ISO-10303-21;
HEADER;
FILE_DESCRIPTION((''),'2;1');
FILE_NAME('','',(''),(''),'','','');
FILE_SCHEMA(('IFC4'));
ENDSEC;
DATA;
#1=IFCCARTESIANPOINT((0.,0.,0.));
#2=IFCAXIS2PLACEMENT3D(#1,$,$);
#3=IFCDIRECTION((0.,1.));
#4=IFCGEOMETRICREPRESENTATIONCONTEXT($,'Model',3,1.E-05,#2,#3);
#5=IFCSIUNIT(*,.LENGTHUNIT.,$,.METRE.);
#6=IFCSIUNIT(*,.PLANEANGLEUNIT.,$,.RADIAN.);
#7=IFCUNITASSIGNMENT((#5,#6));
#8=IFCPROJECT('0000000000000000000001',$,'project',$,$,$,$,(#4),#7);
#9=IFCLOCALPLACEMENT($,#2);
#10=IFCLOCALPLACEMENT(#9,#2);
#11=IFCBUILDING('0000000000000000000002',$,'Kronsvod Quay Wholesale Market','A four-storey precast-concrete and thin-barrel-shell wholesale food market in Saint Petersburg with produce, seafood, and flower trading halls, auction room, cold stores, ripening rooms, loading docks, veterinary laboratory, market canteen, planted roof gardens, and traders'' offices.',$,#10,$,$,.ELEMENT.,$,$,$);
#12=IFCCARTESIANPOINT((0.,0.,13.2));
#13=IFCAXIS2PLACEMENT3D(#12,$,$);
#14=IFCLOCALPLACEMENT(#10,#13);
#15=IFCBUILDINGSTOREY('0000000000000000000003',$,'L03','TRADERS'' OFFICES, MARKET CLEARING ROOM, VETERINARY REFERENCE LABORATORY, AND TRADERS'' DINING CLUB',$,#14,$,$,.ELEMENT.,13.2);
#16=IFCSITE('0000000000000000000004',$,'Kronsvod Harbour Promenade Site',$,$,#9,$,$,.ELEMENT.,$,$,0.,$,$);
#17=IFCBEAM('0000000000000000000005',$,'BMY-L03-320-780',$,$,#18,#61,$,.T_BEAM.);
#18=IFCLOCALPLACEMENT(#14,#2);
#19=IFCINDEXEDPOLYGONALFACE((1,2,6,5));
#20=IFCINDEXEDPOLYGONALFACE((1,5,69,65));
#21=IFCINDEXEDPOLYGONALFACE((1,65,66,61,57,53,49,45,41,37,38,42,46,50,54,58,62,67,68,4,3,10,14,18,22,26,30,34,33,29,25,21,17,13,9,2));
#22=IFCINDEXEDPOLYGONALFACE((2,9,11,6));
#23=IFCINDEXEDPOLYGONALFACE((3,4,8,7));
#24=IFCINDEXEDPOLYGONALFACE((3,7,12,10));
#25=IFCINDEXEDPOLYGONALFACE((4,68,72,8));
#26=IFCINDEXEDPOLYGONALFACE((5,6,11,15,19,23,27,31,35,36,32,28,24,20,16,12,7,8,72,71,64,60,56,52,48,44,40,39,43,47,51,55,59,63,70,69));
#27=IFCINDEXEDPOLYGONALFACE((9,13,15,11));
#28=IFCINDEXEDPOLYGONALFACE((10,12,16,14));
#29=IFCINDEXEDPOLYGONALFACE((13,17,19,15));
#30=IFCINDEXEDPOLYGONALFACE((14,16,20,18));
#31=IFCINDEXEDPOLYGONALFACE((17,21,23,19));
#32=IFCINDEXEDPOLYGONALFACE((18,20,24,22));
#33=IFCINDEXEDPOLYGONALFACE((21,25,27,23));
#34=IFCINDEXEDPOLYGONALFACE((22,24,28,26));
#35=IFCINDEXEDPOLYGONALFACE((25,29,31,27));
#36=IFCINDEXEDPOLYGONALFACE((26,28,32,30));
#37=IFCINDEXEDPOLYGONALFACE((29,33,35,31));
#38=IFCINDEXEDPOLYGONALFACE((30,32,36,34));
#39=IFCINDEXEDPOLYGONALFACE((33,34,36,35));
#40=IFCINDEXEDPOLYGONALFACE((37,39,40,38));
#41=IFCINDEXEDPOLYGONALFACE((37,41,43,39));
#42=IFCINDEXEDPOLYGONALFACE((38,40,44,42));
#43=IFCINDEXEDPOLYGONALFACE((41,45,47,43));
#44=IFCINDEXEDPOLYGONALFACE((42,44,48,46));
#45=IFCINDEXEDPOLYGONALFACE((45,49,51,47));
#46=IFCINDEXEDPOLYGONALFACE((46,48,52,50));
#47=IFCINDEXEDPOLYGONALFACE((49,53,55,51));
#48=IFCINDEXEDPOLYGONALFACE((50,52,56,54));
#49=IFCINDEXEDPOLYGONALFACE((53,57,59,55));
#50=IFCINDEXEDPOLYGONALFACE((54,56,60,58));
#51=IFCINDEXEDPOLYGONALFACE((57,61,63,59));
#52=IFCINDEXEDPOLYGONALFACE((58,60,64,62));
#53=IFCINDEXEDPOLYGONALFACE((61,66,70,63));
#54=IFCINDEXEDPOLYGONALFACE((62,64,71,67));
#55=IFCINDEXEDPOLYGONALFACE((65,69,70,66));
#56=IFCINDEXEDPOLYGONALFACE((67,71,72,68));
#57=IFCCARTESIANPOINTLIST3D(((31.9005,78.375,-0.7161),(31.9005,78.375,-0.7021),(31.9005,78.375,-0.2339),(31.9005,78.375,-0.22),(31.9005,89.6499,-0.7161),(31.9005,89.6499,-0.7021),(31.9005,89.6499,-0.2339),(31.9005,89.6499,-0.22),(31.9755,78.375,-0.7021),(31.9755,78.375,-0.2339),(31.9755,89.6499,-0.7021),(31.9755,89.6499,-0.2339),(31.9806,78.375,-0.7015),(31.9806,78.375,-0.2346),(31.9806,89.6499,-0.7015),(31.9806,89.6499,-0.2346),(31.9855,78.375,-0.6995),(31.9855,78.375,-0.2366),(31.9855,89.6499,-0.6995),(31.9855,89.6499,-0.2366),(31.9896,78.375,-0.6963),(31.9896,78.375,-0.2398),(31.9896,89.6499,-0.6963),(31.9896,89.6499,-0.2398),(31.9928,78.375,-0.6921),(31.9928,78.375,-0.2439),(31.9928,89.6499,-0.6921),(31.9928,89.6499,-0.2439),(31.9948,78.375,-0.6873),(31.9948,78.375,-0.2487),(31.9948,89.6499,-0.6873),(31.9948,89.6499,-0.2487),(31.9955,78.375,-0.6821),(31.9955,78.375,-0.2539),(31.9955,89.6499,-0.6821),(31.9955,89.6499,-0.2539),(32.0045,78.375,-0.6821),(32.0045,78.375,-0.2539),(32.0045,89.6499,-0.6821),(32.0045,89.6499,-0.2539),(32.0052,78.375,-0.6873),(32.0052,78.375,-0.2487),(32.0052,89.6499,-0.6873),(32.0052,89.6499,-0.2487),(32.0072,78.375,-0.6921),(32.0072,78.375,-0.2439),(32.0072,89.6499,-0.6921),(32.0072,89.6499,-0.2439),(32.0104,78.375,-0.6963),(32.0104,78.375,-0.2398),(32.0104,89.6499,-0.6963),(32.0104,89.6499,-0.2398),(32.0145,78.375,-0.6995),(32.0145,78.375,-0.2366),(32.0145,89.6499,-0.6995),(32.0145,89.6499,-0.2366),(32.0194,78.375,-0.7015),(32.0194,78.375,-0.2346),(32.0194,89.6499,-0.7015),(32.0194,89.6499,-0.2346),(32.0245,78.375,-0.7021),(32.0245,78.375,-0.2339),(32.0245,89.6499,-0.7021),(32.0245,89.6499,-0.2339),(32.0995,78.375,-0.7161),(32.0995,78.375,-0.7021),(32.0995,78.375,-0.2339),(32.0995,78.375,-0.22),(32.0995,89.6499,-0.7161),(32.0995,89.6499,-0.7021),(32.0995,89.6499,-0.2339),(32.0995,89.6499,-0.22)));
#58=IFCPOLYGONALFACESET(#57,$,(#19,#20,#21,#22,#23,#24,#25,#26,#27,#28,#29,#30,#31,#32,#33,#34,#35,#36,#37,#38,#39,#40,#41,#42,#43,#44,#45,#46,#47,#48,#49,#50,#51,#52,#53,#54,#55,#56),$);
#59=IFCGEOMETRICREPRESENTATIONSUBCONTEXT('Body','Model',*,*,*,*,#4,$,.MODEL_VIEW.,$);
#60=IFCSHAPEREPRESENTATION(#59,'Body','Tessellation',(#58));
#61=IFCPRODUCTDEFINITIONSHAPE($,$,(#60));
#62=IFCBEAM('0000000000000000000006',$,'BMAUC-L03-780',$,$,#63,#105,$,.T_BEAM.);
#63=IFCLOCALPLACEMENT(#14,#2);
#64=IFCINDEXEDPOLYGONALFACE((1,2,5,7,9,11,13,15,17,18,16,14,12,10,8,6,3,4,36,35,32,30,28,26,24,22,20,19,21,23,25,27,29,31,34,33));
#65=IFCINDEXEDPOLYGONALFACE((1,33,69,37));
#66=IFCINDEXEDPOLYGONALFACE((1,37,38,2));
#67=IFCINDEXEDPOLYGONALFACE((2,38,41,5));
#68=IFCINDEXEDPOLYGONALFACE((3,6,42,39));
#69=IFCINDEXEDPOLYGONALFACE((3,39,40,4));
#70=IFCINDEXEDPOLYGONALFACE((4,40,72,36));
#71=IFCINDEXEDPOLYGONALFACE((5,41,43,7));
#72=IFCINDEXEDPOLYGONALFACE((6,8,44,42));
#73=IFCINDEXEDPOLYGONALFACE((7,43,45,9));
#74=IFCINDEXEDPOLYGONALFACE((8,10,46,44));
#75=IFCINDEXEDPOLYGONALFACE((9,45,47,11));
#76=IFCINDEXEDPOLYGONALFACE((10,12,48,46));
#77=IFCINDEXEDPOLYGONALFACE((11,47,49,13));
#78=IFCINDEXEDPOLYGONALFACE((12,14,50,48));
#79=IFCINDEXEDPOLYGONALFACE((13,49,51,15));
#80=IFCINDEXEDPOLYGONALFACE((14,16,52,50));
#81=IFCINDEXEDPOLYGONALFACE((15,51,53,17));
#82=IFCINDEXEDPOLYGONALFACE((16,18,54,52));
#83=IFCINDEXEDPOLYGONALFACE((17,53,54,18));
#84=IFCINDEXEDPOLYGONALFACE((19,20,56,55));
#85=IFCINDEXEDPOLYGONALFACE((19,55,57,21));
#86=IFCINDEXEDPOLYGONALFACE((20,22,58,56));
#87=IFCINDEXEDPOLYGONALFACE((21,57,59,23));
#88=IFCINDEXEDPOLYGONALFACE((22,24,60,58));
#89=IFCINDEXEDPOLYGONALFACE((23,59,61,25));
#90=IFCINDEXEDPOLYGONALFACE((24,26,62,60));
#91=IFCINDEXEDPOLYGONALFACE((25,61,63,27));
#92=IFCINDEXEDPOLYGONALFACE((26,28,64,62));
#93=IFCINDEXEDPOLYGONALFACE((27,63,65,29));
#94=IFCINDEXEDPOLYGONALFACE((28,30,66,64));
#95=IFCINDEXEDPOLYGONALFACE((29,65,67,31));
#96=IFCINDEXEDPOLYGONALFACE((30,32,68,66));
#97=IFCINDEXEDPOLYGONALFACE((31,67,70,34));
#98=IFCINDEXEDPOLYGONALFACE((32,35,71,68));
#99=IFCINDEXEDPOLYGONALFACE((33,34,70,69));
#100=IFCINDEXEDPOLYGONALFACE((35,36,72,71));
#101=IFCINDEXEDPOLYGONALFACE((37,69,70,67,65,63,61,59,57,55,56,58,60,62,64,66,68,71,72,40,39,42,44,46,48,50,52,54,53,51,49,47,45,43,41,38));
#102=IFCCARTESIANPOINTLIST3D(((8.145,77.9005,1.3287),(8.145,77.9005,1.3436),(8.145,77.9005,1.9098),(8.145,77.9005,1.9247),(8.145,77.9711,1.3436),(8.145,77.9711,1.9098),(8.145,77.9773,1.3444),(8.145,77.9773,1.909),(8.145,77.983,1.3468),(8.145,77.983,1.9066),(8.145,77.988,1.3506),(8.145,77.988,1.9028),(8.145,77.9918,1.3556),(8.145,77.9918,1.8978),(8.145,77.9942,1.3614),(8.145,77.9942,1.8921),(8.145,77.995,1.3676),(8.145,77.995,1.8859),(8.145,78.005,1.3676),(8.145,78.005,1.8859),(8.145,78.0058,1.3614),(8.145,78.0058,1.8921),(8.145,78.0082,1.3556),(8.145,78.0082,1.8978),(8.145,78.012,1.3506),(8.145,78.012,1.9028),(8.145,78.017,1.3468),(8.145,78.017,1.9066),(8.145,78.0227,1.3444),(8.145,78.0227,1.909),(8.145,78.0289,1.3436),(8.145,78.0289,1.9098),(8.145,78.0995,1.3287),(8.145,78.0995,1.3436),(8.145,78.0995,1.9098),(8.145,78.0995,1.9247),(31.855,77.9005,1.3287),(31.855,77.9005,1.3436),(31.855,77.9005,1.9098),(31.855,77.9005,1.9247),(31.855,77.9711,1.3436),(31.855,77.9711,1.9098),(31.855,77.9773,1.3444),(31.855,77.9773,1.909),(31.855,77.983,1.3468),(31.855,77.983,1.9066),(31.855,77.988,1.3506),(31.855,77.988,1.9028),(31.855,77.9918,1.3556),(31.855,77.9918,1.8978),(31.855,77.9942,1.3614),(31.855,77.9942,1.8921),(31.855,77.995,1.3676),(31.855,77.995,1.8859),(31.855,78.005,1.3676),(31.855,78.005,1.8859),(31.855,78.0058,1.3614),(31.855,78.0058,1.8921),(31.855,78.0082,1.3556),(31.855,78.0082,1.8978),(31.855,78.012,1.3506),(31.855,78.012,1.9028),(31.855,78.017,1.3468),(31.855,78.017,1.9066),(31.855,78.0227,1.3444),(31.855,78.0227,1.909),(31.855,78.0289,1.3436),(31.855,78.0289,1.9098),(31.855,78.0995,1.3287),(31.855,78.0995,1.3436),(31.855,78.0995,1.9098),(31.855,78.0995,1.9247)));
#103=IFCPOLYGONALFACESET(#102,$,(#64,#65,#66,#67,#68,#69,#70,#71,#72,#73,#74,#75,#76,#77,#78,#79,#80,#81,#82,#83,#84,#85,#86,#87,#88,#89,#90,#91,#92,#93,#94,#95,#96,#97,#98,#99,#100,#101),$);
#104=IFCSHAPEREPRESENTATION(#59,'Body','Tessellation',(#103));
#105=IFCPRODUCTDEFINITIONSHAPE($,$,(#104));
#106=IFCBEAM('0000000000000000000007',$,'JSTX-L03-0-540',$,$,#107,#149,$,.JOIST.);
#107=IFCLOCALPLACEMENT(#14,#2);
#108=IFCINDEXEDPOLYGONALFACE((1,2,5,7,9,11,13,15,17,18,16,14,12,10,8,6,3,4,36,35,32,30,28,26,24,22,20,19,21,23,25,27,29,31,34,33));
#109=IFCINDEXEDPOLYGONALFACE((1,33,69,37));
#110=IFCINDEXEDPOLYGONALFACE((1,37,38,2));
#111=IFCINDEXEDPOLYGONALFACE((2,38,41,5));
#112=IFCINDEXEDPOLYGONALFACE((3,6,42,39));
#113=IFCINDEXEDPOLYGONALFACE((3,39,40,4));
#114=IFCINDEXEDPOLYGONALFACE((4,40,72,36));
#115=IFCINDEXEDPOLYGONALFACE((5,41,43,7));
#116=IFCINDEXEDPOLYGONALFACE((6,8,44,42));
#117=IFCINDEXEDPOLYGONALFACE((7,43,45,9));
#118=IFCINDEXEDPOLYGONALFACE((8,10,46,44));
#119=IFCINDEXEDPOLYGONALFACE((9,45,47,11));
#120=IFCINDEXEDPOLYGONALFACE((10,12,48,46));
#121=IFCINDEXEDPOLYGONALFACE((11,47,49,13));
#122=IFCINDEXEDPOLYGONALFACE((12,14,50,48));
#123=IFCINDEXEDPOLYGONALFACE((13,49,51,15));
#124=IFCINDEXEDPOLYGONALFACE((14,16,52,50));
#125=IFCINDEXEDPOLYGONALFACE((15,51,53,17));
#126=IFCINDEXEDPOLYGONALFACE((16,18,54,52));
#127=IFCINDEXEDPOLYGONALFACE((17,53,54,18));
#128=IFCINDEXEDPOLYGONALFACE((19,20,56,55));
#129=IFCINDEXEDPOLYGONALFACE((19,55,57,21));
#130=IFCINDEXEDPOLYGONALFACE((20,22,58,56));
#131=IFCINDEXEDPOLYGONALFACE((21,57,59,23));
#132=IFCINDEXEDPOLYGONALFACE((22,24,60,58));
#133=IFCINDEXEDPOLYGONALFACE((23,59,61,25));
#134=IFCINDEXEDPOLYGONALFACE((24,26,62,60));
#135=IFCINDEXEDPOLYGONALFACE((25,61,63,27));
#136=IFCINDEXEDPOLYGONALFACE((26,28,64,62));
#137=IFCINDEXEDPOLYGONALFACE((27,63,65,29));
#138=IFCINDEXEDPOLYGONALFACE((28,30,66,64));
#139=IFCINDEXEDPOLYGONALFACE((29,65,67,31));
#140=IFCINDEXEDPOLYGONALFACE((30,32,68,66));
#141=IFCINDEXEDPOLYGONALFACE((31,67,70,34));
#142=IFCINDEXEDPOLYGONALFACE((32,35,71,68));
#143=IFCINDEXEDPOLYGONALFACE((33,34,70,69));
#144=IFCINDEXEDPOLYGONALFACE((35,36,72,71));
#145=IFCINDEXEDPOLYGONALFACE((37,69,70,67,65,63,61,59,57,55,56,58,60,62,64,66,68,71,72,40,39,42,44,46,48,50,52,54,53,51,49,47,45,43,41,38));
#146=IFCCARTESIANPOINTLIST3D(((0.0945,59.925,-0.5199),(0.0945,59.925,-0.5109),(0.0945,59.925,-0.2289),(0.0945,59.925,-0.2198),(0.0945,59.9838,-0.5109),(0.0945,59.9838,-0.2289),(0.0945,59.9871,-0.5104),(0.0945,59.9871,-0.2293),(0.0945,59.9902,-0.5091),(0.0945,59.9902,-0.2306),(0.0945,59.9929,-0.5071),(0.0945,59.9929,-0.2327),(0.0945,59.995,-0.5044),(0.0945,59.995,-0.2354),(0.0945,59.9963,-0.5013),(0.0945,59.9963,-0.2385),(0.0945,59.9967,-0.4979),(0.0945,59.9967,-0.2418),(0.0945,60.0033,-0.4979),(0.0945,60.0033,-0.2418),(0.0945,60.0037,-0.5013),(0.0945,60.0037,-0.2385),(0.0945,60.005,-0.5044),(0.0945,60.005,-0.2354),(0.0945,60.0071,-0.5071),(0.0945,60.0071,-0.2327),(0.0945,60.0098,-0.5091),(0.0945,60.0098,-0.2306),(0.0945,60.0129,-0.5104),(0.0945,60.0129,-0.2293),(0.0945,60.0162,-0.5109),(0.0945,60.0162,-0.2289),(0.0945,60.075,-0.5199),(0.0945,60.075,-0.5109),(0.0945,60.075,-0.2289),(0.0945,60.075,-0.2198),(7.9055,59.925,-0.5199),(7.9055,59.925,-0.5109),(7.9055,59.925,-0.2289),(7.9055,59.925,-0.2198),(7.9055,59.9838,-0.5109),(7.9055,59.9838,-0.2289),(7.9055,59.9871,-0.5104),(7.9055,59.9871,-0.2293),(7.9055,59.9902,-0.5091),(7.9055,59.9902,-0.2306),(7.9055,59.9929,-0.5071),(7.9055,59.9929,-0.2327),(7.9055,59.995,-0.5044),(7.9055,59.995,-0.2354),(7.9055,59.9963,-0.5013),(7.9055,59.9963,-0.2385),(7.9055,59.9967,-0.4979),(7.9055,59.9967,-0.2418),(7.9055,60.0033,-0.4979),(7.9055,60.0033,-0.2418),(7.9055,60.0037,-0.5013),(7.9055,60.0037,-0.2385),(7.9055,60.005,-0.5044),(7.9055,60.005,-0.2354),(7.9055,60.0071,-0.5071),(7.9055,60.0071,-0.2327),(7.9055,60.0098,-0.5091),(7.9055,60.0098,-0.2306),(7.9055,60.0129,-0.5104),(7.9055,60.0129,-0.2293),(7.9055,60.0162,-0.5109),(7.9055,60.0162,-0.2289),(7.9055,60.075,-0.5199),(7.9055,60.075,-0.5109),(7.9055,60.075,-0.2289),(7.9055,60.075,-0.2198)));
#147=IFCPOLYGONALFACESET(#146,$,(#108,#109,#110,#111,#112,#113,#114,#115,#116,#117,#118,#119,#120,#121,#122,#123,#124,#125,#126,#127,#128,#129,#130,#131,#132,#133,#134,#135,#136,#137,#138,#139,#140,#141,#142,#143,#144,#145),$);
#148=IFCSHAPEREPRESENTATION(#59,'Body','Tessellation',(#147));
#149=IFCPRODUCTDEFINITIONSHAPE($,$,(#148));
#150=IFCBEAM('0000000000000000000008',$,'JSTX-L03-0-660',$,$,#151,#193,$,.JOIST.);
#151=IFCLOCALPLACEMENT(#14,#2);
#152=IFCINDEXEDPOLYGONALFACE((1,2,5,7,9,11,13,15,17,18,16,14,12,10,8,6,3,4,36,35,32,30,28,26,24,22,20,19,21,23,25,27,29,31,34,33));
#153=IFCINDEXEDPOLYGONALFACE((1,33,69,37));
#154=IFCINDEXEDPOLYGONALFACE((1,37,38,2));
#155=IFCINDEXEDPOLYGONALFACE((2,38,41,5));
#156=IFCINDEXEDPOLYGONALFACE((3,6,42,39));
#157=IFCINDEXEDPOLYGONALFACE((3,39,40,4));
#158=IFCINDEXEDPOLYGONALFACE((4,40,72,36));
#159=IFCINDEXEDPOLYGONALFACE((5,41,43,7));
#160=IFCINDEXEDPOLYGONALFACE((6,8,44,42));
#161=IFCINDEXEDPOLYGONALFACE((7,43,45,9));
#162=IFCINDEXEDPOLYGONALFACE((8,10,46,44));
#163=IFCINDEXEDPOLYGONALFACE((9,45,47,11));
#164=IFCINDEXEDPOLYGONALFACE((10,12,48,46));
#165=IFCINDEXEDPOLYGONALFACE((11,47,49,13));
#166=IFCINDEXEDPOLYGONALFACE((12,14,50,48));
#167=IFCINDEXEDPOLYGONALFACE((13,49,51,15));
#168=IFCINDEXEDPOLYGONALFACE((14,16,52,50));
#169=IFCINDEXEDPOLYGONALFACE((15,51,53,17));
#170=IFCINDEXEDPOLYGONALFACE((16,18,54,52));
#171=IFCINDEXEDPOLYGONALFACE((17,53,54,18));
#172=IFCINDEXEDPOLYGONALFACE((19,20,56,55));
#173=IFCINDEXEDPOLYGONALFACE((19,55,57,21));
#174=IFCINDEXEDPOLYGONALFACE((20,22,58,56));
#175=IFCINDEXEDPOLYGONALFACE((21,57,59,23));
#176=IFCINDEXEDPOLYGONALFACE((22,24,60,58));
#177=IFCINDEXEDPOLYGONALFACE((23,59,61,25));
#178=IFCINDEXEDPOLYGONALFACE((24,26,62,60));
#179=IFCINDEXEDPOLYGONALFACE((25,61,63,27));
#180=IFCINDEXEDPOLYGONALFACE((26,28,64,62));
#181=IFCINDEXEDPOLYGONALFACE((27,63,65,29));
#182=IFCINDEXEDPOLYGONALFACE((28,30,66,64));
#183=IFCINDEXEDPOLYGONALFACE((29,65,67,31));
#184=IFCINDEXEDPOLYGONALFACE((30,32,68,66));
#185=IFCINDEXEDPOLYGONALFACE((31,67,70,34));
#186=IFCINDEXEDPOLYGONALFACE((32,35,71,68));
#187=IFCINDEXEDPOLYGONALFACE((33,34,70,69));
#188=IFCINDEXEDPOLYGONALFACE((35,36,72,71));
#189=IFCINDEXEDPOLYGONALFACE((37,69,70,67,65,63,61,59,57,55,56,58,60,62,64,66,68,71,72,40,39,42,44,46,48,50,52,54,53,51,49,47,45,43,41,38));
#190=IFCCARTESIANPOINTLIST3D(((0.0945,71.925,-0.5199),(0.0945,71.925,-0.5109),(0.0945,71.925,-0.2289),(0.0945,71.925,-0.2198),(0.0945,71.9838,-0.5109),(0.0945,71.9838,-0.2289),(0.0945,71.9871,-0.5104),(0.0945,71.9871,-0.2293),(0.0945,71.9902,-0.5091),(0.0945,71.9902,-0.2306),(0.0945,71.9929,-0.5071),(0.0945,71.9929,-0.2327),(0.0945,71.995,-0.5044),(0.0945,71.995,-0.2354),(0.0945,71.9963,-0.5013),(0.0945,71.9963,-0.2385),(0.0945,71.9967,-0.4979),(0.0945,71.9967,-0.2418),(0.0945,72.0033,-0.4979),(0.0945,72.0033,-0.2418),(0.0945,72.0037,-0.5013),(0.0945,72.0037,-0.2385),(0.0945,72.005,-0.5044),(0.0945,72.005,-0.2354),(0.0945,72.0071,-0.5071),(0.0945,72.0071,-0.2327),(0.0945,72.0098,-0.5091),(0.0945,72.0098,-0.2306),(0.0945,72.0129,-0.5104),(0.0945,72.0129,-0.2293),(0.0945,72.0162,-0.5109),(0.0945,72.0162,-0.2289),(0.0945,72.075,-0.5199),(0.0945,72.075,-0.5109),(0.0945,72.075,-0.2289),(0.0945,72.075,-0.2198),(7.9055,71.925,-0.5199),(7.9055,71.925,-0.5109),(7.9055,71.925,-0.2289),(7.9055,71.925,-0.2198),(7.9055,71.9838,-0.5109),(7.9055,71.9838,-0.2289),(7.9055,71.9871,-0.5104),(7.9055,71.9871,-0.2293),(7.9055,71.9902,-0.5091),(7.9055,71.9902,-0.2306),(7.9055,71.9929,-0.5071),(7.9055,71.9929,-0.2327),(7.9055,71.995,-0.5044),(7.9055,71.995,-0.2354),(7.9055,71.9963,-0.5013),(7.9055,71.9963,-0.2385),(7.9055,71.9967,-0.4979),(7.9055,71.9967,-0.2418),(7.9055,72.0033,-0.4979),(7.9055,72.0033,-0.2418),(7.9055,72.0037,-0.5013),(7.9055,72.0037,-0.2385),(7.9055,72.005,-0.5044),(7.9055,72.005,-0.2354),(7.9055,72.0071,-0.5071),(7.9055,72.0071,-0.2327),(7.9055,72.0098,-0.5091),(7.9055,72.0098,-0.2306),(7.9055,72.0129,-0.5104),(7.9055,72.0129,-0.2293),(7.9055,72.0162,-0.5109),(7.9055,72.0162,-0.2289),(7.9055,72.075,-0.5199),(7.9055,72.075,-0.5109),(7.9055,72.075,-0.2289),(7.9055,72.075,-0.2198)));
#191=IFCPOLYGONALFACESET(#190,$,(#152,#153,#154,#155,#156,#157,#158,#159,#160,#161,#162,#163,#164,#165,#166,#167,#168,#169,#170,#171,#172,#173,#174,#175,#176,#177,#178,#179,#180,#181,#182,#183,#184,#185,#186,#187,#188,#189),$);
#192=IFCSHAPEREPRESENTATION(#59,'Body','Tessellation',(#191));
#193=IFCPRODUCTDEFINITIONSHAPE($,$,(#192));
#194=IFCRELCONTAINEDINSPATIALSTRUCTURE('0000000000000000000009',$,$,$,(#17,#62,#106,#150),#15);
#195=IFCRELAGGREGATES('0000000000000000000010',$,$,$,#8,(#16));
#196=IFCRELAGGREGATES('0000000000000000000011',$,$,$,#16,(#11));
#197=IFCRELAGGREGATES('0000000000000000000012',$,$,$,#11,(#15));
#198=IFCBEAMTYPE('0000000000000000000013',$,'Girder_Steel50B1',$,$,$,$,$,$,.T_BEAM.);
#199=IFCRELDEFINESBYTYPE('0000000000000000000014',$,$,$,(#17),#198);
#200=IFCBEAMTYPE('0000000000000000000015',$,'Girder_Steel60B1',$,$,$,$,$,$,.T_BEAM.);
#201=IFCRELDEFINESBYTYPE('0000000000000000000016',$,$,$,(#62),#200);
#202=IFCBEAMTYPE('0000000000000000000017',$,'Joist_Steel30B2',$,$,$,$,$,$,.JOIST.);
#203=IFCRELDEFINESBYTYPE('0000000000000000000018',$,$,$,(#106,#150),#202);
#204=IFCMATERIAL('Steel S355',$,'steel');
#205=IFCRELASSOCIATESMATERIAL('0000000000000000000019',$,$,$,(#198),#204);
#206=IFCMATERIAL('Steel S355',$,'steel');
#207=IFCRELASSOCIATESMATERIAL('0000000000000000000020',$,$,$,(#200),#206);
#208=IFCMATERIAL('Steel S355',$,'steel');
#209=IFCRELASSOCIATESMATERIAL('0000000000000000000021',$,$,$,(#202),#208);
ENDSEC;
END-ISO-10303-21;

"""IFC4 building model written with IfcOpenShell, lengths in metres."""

from ifc_helpers import new_model, si_unit, direction, frame, origin, origin_2d, place, context, subcontext, project, spatial, i_section, extrude, material, material_profile, profile_set, type_object, element, save


model = new_model("IFC4")

# Units and contexts
model_context = context("Model", 3, precision=1e-05, world=origin(), true_north=direction((0.0, 1.0)))
body_context = subcontext(model_context, "Body", "Model", "MODEL_VIEW")
ifc_project = project(units=[si_unit("LENGTHUNIT", "METRE"), si_unit("PLANEANGLEUNIT", "RADIAN")], contexts=[model_context])

# Site, building, storey
site_placement = place(None, origin())
site = spatial("IfcSite", under=ifc_project, at=site_placement, Name="Kronsvod Harbour Promenade Site", CompositionType="ELEMENT", RefElevation=0.0)
building_placement = place(site_placement, origin())
building = spatial("IfcBuilding", under=site, at=building_placement, Name="Kronsvod Quay Wholesale Market", Description="A four-storey precast-concrete and thin-barrel-shell wholesale food market in Saint Petersburg with produce, seafood, and flower trading halls, auction room, cold stores, ripening rooms, loading docks, veterinary laboratory, market canteen, planted roof gardens, and traders' offices.", CompositionType="ELEMENT")
storey_placement = place(building_placement, frame((0.0, 0.0, 13.2)))
storey = spatial("IfcBuildingStorey", under=building, at=storey_placement, Name="L03", Description="TRADERS' OFFICES, MARKET CLEARING ROOM, VETERINARY REFERENCE LABORATORY, AND TRADERS' DINING CLUB", CompositionType="ELEMENT", Elevation=13.2)

# Beams
ifc_material_1 = material(Name="Steel S355", Category="steel")
ifc_material_profile_1 = material_profile(ifc_material_1, i_section(OverallWidth=0.199, OverallDepth=0.4961, WebThickness=0.009, FlangeThickness=0.0139, FilletRadius=0.02, at=origin_2d()), Name="50B1")
ifc_profile_set_1 = profile_set([ifc_material_profile_1], Name="Steel S355")
beam_type_1 = type_object("IfcBeamType", Name="Girder_Steel50B1", PredefinedType="T_BEAM", material=ifc_profile_set_1)
beam_1_placement = place(storey_placement, frame((32.0, 78.375, -0.468), z_axis=(0.0, 1.0, 0.0), x_axis=(-1.0, 0.0, 0.0)))
element("IfcBeam", 1, at=beam_1_placement, inside=storey, type_object=beam_type_1, Name="BMY-L03-320-780", PredefinedType="T_BEAM", context=body_context, shape_type="SweptSolid", body=[
    extrude(i_section(OverallWidth=0.199, OverallDepth=0.4961, WebThickness=0.009, FlangeThickness=0.0139, FilletRadius=0.02, at=origin_2d()), origin(), (0.0, 0.0, 1.0), 11.2749),
])
ifc_material_2 = material(Name="Steel S355", Category="steel")
ifc_material_profile_2 = material_profile(ifc_material_2, i_section(OverallWidth=0.199, OverallDepth=0.5959, WebThickness=0.01, FlangeThickness=0.0149, FilletRadius=0.0239, at=origin_2d()), Name="60B1")
ifc_profile_set_2 = profile_set([ifc_material_profile_2], Name="Steel S355")
beam_type_2 = type_object("IfcBeamType", Name="Girder_Steel60B1", PredefinedType="T_BEAM", material=ifc_profile_set_2)
beam_2_placement = place(storey_placement, frame((8.145, 78.0, 1.6267), z_axis=(1.0, 0.0, 0.0), x_axis=(0.0, 1.0, 0.0)))
element("IfcBeam", 2, at=beam_2_placement, inside=storey, type_object=beam_type_2, Name="BMAUC-L03-780", PredefinedType="T_BEAM", context=body_context, shape_type="SweptSolid", body=[
    extrude(i_section(OverallWidth=0.199, OverallDepth=0.5959, WebThickness=0.01, FlangeThickness=0.0149, FilletRadius=0.0239, at=origin_2d()), origin(), (0.0, 0.0, 1.0), 23.71),
])
ifc_material_3 = material(Name="Steel S355", Category="steel")
ifc_material_profile_3 = material_profile(ifc_material_3, i_section(OverallWidth=0.1499, OverallDepth=0.3, WebThickness=0.0066, FlangeThickness=0.009, FilletRadius=0.0129, at=origin_2d()), Name="30B2")
ifc_profile_set_3 = profile_set([ifc_material_profile_3], Name="Steel S355")
beam_type_3 = type_object("IfcBeamType", Name="Joist_Steel30B2", PredefinedType="JOIST", material=ifc_profile_set_3)
for number, where, z_axis, x_axis, name in (
    (3, (0.0945, 60.0, -0.3699), (1.0, 0.0, 0.0), (0.0, 1.0, 0.0), "JSTX-L03-0-540"),
    (4, (0.0945, 72.0, -0.3699), (1.0, 0.0, 0.0), (0.0, 1.0, 0.0), "JSTX-L03-0-660"),
):
    element("IfcBeam", number, at=place(storey_placement, frame(where, z_axis=z_axis, x_axis=x_axis)), inside=storey, type_object=beam_type_3, Name=name, PredefinedType="JOIST", context=body_context, shape_type="SweptSolid", body=[
        extrude(i_section(OverallWidth=0.1499, OverallDepth=0.3, WebThickness=0.0066, FlangeThickness=0.009, FilletRadius=0.0129, at=origin_2d()), origin(), (0.0, 0.0, 1.0), 7.811),
    ])

save(model, "model.ifc")
